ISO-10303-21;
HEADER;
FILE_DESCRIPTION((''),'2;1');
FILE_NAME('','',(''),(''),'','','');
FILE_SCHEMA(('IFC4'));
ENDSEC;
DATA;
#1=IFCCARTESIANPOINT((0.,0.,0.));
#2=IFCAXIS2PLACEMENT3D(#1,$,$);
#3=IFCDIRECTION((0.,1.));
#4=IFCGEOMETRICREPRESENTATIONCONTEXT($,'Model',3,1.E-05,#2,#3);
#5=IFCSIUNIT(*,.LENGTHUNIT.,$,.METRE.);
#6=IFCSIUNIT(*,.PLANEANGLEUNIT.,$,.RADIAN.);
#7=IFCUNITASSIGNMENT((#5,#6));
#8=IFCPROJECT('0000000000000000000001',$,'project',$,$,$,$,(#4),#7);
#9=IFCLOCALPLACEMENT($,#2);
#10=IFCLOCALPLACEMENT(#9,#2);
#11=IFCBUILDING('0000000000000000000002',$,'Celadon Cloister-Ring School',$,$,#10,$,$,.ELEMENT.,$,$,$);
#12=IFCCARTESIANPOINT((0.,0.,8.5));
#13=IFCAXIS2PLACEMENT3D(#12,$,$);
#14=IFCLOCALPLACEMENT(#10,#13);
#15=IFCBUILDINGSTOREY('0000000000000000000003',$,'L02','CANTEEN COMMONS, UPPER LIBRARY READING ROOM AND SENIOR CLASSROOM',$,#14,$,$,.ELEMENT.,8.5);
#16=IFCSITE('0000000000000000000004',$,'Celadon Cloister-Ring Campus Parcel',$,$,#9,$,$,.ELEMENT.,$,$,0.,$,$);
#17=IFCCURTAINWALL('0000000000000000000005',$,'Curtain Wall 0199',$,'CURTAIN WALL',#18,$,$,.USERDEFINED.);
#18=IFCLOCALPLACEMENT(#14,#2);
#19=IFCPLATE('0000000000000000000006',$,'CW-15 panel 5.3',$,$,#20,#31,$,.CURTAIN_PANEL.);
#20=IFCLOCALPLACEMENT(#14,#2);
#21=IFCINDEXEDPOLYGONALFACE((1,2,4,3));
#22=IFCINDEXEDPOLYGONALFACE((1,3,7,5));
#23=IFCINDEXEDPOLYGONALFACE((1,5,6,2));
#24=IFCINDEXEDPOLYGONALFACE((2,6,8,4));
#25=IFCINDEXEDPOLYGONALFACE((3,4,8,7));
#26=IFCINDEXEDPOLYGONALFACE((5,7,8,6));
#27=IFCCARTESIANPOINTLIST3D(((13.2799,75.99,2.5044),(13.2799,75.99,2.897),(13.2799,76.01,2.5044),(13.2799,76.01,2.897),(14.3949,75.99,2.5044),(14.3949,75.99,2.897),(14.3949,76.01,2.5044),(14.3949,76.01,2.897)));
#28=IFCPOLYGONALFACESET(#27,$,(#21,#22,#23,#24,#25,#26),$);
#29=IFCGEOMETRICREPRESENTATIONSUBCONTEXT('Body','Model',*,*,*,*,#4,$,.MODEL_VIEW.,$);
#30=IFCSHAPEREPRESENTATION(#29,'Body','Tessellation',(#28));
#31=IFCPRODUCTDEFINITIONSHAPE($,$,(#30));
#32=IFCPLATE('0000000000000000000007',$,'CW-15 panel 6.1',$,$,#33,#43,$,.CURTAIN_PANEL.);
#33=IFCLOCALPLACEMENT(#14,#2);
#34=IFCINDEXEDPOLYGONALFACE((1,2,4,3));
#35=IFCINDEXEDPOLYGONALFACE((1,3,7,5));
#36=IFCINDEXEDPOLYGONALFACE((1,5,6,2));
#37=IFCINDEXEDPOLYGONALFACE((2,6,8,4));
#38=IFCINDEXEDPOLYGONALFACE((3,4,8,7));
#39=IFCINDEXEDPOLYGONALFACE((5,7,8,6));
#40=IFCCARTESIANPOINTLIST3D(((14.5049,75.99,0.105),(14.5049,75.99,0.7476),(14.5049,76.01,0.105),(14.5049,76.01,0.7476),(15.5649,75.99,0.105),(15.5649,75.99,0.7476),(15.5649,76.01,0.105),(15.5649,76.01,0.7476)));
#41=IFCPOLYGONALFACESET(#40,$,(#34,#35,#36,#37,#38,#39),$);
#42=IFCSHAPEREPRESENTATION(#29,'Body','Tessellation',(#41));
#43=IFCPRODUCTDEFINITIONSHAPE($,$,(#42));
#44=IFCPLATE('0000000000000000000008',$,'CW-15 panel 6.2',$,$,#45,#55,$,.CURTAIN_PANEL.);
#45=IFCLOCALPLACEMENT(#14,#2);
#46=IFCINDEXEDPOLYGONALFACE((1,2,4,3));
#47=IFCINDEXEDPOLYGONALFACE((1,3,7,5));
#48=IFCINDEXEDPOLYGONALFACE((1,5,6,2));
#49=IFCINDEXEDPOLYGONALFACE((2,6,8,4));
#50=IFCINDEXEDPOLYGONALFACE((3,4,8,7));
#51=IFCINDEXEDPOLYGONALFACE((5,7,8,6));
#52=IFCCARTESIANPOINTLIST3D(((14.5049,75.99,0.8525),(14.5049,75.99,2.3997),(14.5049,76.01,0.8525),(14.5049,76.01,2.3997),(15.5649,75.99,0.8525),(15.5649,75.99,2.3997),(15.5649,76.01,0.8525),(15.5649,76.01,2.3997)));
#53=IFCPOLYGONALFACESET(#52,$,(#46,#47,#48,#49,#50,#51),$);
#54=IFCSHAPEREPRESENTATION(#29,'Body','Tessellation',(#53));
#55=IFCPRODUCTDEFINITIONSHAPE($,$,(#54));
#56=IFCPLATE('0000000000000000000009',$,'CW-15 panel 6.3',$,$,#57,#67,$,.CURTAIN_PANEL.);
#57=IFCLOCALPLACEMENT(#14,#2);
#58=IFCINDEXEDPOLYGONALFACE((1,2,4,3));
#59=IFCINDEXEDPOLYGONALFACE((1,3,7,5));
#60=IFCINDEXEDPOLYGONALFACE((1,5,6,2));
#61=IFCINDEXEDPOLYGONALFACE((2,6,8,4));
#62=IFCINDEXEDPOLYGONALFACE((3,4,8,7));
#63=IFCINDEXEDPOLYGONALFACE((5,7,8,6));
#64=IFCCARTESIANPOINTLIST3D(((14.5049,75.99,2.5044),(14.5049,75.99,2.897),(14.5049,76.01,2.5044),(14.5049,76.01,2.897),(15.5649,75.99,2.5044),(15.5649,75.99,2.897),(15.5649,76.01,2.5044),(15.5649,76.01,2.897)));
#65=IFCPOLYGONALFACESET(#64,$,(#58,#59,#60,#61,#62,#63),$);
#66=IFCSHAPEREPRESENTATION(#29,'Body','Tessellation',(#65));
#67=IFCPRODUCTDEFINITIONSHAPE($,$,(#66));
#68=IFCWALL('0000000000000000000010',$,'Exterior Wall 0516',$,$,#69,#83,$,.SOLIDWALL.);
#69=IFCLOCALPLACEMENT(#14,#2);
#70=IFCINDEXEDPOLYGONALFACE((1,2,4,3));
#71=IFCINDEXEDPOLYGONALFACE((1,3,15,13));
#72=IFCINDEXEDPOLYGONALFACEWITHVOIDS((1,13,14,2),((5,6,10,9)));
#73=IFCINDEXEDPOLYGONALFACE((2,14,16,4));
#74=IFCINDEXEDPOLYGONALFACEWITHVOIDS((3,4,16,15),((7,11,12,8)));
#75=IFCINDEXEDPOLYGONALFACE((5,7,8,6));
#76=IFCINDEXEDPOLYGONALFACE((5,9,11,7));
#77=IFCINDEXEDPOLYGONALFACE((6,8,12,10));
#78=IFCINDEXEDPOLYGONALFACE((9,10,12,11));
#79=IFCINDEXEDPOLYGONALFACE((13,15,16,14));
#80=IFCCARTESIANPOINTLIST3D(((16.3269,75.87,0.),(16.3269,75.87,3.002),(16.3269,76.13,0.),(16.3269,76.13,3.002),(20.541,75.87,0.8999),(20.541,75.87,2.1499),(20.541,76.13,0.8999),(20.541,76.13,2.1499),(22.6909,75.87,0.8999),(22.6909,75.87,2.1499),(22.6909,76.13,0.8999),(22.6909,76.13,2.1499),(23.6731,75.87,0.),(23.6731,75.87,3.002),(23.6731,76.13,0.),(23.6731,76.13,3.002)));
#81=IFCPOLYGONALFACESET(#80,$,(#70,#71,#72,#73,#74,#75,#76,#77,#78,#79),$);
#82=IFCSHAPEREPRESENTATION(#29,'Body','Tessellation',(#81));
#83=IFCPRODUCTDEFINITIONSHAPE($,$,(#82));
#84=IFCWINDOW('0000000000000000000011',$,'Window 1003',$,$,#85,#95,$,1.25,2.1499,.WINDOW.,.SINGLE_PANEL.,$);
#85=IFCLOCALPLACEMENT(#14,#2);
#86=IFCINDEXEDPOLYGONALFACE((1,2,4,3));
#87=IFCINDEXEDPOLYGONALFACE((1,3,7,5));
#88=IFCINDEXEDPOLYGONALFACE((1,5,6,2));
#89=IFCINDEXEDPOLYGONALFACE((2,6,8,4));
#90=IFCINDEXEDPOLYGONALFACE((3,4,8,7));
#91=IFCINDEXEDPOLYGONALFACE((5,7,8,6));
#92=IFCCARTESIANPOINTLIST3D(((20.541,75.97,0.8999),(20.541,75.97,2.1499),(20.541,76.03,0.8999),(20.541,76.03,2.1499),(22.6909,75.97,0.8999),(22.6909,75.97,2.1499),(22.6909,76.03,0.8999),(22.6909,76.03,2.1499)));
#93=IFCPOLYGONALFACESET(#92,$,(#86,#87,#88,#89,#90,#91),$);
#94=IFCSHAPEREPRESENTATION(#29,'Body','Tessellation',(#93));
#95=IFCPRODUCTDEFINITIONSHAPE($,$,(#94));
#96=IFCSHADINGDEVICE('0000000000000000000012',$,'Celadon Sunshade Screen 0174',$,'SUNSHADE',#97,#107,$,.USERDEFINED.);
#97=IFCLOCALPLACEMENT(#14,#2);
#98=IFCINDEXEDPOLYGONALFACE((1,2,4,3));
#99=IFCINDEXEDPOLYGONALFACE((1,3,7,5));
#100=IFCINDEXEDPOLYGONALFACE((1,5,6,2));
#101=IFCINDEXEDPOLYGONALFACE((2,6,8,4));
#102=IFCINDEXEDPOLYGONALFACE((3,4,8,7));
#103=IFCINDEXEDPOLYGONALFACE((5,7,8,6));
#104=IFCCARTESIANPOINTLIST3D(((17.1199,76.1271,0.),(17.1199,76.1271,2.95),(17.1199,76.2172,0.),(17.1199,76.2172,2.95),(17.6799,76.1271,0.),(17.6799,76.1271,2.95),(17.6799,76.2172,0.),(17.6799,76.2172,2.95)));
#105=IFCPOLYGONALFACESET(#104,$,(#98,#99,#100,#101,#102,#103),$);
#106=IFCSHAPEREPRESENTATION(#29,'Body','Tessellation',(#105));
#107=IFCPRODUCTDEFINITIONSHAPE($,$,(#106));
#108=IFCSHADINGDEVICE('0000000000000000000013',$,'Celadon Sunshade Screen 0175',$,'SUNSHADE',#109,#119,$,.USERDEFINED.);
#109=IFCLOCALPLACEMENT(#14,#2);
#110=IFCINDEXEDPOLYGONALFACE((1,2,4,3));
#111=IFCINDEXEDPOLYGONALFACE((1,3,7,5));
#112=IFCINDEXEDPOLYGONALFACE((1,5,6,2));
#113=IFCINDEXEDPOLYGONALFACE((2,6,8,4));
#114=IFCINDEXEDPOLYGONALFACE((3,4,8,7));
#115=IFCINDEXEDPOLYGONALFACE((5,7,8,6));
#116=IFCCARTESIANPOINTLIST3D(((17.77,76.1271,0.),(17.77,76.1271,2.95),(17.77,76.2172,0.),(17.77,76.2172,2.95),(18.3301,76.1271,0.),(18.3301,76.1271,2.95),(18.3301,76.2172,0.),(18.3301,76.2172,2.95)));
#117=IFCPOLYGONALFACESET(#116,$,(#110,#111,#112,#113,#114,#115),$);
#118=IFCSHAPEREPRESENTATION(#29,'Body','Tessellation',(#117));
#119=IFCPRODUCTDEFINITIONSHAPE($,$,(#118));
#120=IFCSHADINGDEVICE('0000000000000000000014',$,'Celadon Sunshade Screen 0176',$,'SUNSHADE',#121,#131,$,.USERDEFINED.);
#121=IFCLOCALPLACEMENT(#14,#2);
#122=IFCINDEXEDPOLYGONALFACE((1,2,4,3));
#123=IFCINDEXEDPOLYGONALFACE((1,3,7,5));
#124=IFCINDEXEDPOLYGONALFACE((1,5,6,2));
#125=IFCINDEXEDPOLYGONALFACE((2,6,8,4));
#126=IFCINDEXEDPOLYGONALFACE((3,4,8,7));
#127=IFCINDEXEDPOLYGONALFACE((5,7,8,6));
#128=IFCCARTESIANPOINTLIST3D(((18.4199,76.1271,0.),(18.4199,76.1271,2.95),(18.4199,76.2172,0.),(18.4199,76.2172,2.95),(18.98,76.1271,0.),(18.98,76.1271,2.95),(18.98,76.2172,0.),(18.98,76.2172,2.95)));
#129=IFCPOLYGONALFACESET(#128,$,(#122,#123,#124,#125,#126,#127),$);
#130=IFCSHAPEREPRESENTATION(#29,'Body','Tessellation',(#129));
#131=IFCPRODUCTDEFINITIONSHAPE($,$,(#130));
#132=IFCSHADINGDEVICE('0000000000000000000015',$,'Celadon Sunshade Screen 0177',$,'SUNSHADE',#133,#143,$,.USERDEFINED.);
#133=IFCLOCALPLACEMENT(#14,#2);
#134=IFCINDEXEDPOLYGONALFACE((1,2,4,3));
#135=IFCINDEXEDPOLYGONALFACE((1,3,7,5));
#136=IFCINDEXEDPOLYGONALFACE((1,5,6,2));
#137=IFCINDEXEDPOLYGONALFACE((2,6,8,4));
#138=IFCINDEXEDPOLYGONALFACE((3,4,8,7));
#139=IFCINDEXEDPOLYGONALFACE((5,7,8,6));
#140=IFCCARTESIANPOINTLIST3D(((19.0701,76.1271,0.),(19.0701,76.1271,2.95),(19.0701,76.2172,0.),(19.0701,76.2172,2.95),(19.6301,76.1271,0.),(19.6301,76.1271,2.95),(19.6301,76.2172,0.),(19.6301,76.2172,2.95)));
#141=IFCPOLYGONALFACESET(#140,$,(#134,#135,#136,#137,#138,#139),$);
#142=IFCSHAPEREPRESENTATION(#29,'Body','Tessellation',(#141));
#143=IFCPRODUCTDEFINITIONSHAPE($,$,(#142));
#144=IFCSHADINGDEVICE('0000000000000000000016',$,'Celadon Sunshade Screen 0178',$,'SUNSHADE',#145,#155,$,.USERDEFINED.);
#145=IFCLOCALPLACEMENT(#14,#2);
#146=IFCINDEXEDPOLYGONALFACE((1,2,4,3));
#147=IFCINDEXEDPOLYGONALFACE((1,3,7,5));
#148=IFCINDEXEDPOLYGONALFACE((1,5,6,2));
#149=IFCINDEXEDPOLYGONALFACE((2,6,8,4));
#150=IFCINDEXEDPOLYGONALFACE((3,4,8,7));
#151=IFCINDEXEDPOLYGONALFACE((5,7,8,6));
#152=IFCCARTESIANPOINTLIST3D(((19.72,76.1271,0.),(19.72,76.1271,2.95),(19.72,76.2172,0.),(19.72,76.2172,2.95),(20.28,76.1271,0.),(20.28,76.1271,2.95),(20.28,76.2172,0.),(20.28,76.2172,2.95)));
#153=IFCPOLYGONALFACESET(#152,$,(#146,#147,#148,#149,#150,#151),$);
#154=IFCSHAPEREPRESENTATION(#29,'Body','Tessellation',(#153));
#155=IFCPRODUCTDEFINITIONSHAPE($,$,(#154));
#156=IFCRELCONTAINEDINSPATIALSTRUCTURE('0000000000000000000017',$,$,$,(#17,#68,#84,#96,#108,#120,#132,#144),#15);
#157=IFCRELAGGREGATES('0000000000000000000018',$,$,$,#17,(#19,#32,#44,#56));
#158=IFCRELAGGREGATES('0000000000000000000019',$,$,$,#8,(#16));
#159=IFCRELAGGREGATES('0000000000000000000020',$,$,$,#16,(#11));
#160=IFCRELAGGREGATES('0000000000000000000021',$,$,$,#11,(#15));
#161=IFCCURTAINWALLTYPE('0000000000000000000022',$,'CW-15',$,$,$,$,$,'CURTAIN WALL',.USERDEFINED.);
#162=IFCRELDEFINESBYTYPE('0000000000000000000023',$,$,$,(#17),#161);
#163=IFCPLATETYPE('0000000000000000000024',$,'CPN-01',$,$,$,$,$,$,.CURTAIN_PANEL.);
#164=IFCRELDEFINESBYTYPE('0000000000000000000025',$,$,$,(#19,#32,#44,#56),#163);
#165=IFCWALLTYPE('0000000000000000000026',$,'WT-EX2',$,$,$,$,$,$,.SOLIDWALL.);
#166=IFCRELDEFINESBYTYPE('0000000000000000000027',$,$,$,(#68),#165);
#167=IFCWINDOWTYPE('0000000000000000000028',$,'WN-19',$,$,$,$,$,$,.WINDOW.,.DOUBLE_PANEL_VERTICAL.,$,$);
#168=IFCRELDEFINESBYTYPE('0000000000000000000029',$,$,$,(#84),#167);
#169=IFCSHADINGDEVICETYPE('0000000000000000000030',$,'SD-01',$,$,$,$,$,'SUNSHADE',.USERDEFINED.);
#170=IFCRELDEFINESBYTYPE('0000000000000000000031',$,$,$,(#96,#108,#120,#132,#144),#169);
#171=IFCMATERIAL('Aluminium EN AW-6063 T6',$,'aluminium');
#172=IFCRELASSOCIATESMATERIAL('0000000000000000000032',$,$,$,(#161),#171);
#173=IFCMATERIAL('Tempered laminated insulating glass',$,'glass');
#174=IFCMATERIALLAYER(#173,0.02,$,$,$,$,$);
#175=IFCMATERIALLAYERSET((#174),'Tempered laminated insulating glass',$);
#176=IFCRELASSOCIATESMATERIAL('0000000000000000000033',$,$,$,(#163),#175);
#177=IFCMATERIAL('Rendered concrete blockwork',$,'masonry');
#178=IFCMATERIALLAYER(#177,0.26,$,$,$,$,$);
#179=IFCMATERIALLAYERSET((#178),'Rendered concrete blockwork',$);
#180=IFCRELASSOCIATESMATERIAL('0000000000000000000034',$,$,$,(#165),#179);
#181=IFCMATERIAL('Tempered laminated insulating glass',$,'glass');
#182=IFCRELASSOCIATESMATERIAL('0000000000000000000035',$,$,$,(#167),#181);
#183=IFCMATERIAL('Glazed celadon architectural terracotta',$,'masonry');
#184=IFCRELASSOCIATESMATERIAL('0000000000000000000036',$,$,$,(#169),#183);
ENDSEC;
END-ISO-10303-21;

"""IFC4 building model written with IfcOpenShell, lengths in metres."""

from ifc_helpers import new_model, si_unit, direction, frame, frame_2d, origin, origin_2d, place, context, subcontext, project, spatial, rectangle, extrude, material, layer, layer_set, type_object, element, fill, aggregate, save


model = new_model("IFC4")

# Units and contexts
model_context = context("Model", 3, precision=1e-05, world=origin(), true_north=direction((0.0, 1.0)))
body_context = subcontext(model_context, "Body", "Model", "MODEL_VIEW")
ifc_project = project(units=[si_unit("LENGTHUNIT", "METRE"), si_unit("PLANEANGLEUNIT", "RADIAN")], contexts=[model_context])

# Site, building, storey
site_placement = place(None, origin())
site = spatial("IfcSite", under=ifc_project, at=site_placement, Name="Celadon Cloister-Ring Campus Parcel", CompositionType="ELEMENT", RefElevation=0.0)
building_placement = place(site_placement, origin())
building = spatial("IfcBuilding", under=site, at=building_placement, Name="Celadon Cloister-Ring School", CompositionType="ELEMENT")
storey_placement = place(building_placement, frame((0.0, 0.0, 8.5)))
storey = spatial("IfcBuildingStorey", under=building, at=storey_placement, Name="L02", Description="CANTEEN COMMONS, UPPER LIBRARY READING ROOM AND SENIOR CLASSROOM", CompositionType="ELEMENT", Elevation=8.5)

# Curtain wall
ifc_material_1 = material(Name="Aluminium EN AW-6063 T6", Category="aluminium")
curtain_wall_type = type_object("IfcCurtainWallType", Name="CW-15", ElementType="CURTAIN WALL", PredefinedType="USERDEFINED", material=ifc_material_1)
curtain_wall_placement = place(storey_placement, origin())
curtain_wall = element("IfcCurtainWall", 1, at=curtain_wall_placement, inside=storey, type_object=curtain_wall_type, Name="Curtain Wall 0199", ObjectType="CURTAIN WALL", PredefinedType="USERDEFINED")

# Plates
ifc_material_2 = material(Name="Tempered laminated insulating glass", Category="glass")
ifc_layer_1 = layer(ifc_material_2, 0.02)
ifc_layer_set_1 = layer_set([ifc_layer_1], Name="Tempered laminated insulating glass")
plate_type = type_object("IfcPlateType", Name="CPN-01", PredefinedType="CURTAIN_PANEL", material=ifc_layer_set_1)
plate_1_placement = place(storey_placement, frame((13.8374, 76.0, 2.5044), z_axis=(0.0, 0.0, 1.0), x_axis=(1.0, 0.0, 0.0)))
plate_1 = element("IfcPlate", 2, at=plate_1_placement, type_object=plate_type, Name="CW-15 panel 5.3", PredefinedType="CURTAIN_PANEL", context=body_context, shape_type="SweptSolid", body=[
    extrude(rectangle(XDim=1.115, YDim=0.02, at=origin_2d()), origin(), (0.0, 0.0, 1.0), 0.3926),
])
plate_2_placement = place(storey_placement, frame((15.0349, 76.0, 0.105), z_axis=(0.0, 0.0, 1.0), x_axis=(1.0, 0.0, 0.0)))
plate_2 = element("IfcPlate", 3, at=plate_2_placement, type_object=plate_type, Name="CW-15 panel 6.1", PredefinedType="CURTAIN_PANEL", context=body_context, shape_type="SweptSolid", body=[
    extrude(rectangle(XDim=1.0601, YDim=0.02, at=origin_2d()), origin(), (0.0, 0.0, 1.0), 0.6426),
])
plate_3_placement = place(storey_placement, frame((15.0349, 76.0, 0.8525), z_axis=(0.0, 0.0, 1.0), x_axis=(1.0, 0.0, 0.0)))
plate_3 = element("IfcPlate", 4, at=plate_3_placement, type_object=plate_type, Name="CW-15 panel 6.2", PredefinedType="CURTAIN_PANEL", context=body_context, shape_type="SweptSolid", body=[
    extrude(rectangle(XDim=1.0601, YDim=0.02, at=origin_2d()), origin(), (0.0, 0.0, 1.0), 1.5471),
])
plate_4_placement = place(storey_placement, frame((15.0349, 76.0, 2.5044), z_axis=(0.0, 0.0, 1.0), x_axis=(1.0, 0.0, 0.0)))
plate_4 = element("IfcPlate", 5, at=plate_4_placement, type_object=plate_type, Name="CW-15 panel 6.3", PredefinedType="CURTAIN_PANEL", context=body_context, shape_type="SweptSolid", body=[
    extrude(rectangle(XDim=1.0601, YDim=0.02, at=origin_2d()), origin(), (0.0, 0.0, 1.0), 0.3926),
])
aggregate(curtain_wall, [plate_1, plate_2, plate_3, plate_4])

# Wall, opening, window
ifc_material_3 = material(Name="Rendered concrete blockwork", Category="masonry")
ifc_layer_2 = layer(ifc_material_3, 0.26)
ifc_layer_set_2 = layer_set([ifc_layer_2], Name="Rendered concrete blockwork")
wall_type = type_object("IfcWallType", Name="WT-EX2", PredefinedType="SOLIDWALL", material=ifc_layer_set_2)
wall_placement = place(storey_placement, frame((16.3269, 76.0, 0.0), z_axis=(0.0, 0.0, 1.0), x_axis=(1.0, 0.0, 0.0)))
wall = element("IfcWall", 6, at=wall_placement, inside=storey, type_object=wall_type, Name="Exterior Wall 0516", PredefinedType="SOLIDWALL", context=body_context, shape_type="SweptSolid", body=[
    extrude(rectangle(XDim=7.3462, YDim=0.26, at=frame_2d((3.6731, 0.0))), origin(), (0.0, 0.0, 1.0), 3.002),
])
opening_placement = place(wall_placement, frame((4.2141, 0.0, 0.8999)))
opening = element("IfcOpeningElement", 7, at=opening_placement, cuts=wall, PredefinedType="OPENING", context=body_context, shape_type="SweptSolid", body=[
    extrude(rectangle(XDim=2.1499, YDim=1.25, at=frame_2d((1.075, 0.625))), frame((0.0, 0.1401, 0.0), z_axis=(0.0, -1.0, 0.0), x_axis=(1.0, 0.0, 0.0)), (0.0, 0.0, 1.0), 0.28),
])
ifc_material_4 = material(Name="Tempered laminated insulating glass", Category="glass")
window_type = type_object("IfcWindowType", Name="WN-19", PartitioningType="DOUBLE_PANEL_VERTICAL", PredefinedType="WINDOW", material=ifc_material_4)
window_placement = place(opening_placement, origin())
window = element("IfcWindow", 8, at=window_placement, inside=storey, type_object=window_type, Name="Window 1003", OverallHeight=1.25, OverallWidth=2.1499, PartitioningType="SINGLE_PANEL", PredefinedType="WINDOW", context=body_context, shape_type="SweptSolid", body=[
    extrude(rectangle(XDim=2.1499, YDim=1.25, at=frame_2d((1.075, 0.625))), frame((0.0, 0.03, 0.0), z_axis=(0.0, -1.0, 0.0), x_axis=(1.0, 0.0, 0.0)), (0.0, 0.0, 1.0), 0.0601),
])
fill(opening, window)

# Shading devices
ifc_material_5 = material(Name="Glazed celadon architectural terracotta", Category="masonry")
shading_device_type = type_object("IfcShadingDeviceType", Name="SD-01", ElementType="SUNSHADE", PredefinedType="USERDEFINED", material=ifc_material_5)
for number, where, z_axis, x_axis, name in (
    (9, (17.3999, 76.1721, 0.0), (0.0, 0.0, 1.0), (1.0, 0.0, 0.0), "Celadon Sunshade Screen 0174"),
    (10, (18.05, 76.1721, 0.0), (0.0, 0.0, 1.0), (1.0, 0.0, 0.0), "Celadon Sunshade Screen 0175"),
    (11, (18.7, 76.1721, 0.0), (0.0, 0.0, 1.0), (1.0, 0.0, 0.0), "Celadon Sunshade Screen 0176"),
    (12, (19.3501, 76.1721, 0.0), (0.0, 0.0, 1.0), (1.0, 0.0, 0.0), "Celadon Sunshade Screen 0177"),
    (13, (20.0, 76.1721, 0.0), (0.0, 0.0, 1.0), (1.0, 0.0, 0.0), "Celadon Sunshade Screen 0178"),
):
    element("IfcShadingDevice", number, at=place(storey_placement, frame(where, z_axis=z_axis, x_axis=x_axis)), inside=storey, type_object=shading_device_type, Name=name, ObjectType="SUNSHADE", PredefinedType="USERDEFINED", context=body_context, shape_type="SweptSolid", body=[
        extrude(rectangle(XDim=0.5601, YDim=0.0901, at=origin_2d()), origin(), (0.0, 0.0, 1.0), 2.95),
    ])

save(model, "model.ifc")
